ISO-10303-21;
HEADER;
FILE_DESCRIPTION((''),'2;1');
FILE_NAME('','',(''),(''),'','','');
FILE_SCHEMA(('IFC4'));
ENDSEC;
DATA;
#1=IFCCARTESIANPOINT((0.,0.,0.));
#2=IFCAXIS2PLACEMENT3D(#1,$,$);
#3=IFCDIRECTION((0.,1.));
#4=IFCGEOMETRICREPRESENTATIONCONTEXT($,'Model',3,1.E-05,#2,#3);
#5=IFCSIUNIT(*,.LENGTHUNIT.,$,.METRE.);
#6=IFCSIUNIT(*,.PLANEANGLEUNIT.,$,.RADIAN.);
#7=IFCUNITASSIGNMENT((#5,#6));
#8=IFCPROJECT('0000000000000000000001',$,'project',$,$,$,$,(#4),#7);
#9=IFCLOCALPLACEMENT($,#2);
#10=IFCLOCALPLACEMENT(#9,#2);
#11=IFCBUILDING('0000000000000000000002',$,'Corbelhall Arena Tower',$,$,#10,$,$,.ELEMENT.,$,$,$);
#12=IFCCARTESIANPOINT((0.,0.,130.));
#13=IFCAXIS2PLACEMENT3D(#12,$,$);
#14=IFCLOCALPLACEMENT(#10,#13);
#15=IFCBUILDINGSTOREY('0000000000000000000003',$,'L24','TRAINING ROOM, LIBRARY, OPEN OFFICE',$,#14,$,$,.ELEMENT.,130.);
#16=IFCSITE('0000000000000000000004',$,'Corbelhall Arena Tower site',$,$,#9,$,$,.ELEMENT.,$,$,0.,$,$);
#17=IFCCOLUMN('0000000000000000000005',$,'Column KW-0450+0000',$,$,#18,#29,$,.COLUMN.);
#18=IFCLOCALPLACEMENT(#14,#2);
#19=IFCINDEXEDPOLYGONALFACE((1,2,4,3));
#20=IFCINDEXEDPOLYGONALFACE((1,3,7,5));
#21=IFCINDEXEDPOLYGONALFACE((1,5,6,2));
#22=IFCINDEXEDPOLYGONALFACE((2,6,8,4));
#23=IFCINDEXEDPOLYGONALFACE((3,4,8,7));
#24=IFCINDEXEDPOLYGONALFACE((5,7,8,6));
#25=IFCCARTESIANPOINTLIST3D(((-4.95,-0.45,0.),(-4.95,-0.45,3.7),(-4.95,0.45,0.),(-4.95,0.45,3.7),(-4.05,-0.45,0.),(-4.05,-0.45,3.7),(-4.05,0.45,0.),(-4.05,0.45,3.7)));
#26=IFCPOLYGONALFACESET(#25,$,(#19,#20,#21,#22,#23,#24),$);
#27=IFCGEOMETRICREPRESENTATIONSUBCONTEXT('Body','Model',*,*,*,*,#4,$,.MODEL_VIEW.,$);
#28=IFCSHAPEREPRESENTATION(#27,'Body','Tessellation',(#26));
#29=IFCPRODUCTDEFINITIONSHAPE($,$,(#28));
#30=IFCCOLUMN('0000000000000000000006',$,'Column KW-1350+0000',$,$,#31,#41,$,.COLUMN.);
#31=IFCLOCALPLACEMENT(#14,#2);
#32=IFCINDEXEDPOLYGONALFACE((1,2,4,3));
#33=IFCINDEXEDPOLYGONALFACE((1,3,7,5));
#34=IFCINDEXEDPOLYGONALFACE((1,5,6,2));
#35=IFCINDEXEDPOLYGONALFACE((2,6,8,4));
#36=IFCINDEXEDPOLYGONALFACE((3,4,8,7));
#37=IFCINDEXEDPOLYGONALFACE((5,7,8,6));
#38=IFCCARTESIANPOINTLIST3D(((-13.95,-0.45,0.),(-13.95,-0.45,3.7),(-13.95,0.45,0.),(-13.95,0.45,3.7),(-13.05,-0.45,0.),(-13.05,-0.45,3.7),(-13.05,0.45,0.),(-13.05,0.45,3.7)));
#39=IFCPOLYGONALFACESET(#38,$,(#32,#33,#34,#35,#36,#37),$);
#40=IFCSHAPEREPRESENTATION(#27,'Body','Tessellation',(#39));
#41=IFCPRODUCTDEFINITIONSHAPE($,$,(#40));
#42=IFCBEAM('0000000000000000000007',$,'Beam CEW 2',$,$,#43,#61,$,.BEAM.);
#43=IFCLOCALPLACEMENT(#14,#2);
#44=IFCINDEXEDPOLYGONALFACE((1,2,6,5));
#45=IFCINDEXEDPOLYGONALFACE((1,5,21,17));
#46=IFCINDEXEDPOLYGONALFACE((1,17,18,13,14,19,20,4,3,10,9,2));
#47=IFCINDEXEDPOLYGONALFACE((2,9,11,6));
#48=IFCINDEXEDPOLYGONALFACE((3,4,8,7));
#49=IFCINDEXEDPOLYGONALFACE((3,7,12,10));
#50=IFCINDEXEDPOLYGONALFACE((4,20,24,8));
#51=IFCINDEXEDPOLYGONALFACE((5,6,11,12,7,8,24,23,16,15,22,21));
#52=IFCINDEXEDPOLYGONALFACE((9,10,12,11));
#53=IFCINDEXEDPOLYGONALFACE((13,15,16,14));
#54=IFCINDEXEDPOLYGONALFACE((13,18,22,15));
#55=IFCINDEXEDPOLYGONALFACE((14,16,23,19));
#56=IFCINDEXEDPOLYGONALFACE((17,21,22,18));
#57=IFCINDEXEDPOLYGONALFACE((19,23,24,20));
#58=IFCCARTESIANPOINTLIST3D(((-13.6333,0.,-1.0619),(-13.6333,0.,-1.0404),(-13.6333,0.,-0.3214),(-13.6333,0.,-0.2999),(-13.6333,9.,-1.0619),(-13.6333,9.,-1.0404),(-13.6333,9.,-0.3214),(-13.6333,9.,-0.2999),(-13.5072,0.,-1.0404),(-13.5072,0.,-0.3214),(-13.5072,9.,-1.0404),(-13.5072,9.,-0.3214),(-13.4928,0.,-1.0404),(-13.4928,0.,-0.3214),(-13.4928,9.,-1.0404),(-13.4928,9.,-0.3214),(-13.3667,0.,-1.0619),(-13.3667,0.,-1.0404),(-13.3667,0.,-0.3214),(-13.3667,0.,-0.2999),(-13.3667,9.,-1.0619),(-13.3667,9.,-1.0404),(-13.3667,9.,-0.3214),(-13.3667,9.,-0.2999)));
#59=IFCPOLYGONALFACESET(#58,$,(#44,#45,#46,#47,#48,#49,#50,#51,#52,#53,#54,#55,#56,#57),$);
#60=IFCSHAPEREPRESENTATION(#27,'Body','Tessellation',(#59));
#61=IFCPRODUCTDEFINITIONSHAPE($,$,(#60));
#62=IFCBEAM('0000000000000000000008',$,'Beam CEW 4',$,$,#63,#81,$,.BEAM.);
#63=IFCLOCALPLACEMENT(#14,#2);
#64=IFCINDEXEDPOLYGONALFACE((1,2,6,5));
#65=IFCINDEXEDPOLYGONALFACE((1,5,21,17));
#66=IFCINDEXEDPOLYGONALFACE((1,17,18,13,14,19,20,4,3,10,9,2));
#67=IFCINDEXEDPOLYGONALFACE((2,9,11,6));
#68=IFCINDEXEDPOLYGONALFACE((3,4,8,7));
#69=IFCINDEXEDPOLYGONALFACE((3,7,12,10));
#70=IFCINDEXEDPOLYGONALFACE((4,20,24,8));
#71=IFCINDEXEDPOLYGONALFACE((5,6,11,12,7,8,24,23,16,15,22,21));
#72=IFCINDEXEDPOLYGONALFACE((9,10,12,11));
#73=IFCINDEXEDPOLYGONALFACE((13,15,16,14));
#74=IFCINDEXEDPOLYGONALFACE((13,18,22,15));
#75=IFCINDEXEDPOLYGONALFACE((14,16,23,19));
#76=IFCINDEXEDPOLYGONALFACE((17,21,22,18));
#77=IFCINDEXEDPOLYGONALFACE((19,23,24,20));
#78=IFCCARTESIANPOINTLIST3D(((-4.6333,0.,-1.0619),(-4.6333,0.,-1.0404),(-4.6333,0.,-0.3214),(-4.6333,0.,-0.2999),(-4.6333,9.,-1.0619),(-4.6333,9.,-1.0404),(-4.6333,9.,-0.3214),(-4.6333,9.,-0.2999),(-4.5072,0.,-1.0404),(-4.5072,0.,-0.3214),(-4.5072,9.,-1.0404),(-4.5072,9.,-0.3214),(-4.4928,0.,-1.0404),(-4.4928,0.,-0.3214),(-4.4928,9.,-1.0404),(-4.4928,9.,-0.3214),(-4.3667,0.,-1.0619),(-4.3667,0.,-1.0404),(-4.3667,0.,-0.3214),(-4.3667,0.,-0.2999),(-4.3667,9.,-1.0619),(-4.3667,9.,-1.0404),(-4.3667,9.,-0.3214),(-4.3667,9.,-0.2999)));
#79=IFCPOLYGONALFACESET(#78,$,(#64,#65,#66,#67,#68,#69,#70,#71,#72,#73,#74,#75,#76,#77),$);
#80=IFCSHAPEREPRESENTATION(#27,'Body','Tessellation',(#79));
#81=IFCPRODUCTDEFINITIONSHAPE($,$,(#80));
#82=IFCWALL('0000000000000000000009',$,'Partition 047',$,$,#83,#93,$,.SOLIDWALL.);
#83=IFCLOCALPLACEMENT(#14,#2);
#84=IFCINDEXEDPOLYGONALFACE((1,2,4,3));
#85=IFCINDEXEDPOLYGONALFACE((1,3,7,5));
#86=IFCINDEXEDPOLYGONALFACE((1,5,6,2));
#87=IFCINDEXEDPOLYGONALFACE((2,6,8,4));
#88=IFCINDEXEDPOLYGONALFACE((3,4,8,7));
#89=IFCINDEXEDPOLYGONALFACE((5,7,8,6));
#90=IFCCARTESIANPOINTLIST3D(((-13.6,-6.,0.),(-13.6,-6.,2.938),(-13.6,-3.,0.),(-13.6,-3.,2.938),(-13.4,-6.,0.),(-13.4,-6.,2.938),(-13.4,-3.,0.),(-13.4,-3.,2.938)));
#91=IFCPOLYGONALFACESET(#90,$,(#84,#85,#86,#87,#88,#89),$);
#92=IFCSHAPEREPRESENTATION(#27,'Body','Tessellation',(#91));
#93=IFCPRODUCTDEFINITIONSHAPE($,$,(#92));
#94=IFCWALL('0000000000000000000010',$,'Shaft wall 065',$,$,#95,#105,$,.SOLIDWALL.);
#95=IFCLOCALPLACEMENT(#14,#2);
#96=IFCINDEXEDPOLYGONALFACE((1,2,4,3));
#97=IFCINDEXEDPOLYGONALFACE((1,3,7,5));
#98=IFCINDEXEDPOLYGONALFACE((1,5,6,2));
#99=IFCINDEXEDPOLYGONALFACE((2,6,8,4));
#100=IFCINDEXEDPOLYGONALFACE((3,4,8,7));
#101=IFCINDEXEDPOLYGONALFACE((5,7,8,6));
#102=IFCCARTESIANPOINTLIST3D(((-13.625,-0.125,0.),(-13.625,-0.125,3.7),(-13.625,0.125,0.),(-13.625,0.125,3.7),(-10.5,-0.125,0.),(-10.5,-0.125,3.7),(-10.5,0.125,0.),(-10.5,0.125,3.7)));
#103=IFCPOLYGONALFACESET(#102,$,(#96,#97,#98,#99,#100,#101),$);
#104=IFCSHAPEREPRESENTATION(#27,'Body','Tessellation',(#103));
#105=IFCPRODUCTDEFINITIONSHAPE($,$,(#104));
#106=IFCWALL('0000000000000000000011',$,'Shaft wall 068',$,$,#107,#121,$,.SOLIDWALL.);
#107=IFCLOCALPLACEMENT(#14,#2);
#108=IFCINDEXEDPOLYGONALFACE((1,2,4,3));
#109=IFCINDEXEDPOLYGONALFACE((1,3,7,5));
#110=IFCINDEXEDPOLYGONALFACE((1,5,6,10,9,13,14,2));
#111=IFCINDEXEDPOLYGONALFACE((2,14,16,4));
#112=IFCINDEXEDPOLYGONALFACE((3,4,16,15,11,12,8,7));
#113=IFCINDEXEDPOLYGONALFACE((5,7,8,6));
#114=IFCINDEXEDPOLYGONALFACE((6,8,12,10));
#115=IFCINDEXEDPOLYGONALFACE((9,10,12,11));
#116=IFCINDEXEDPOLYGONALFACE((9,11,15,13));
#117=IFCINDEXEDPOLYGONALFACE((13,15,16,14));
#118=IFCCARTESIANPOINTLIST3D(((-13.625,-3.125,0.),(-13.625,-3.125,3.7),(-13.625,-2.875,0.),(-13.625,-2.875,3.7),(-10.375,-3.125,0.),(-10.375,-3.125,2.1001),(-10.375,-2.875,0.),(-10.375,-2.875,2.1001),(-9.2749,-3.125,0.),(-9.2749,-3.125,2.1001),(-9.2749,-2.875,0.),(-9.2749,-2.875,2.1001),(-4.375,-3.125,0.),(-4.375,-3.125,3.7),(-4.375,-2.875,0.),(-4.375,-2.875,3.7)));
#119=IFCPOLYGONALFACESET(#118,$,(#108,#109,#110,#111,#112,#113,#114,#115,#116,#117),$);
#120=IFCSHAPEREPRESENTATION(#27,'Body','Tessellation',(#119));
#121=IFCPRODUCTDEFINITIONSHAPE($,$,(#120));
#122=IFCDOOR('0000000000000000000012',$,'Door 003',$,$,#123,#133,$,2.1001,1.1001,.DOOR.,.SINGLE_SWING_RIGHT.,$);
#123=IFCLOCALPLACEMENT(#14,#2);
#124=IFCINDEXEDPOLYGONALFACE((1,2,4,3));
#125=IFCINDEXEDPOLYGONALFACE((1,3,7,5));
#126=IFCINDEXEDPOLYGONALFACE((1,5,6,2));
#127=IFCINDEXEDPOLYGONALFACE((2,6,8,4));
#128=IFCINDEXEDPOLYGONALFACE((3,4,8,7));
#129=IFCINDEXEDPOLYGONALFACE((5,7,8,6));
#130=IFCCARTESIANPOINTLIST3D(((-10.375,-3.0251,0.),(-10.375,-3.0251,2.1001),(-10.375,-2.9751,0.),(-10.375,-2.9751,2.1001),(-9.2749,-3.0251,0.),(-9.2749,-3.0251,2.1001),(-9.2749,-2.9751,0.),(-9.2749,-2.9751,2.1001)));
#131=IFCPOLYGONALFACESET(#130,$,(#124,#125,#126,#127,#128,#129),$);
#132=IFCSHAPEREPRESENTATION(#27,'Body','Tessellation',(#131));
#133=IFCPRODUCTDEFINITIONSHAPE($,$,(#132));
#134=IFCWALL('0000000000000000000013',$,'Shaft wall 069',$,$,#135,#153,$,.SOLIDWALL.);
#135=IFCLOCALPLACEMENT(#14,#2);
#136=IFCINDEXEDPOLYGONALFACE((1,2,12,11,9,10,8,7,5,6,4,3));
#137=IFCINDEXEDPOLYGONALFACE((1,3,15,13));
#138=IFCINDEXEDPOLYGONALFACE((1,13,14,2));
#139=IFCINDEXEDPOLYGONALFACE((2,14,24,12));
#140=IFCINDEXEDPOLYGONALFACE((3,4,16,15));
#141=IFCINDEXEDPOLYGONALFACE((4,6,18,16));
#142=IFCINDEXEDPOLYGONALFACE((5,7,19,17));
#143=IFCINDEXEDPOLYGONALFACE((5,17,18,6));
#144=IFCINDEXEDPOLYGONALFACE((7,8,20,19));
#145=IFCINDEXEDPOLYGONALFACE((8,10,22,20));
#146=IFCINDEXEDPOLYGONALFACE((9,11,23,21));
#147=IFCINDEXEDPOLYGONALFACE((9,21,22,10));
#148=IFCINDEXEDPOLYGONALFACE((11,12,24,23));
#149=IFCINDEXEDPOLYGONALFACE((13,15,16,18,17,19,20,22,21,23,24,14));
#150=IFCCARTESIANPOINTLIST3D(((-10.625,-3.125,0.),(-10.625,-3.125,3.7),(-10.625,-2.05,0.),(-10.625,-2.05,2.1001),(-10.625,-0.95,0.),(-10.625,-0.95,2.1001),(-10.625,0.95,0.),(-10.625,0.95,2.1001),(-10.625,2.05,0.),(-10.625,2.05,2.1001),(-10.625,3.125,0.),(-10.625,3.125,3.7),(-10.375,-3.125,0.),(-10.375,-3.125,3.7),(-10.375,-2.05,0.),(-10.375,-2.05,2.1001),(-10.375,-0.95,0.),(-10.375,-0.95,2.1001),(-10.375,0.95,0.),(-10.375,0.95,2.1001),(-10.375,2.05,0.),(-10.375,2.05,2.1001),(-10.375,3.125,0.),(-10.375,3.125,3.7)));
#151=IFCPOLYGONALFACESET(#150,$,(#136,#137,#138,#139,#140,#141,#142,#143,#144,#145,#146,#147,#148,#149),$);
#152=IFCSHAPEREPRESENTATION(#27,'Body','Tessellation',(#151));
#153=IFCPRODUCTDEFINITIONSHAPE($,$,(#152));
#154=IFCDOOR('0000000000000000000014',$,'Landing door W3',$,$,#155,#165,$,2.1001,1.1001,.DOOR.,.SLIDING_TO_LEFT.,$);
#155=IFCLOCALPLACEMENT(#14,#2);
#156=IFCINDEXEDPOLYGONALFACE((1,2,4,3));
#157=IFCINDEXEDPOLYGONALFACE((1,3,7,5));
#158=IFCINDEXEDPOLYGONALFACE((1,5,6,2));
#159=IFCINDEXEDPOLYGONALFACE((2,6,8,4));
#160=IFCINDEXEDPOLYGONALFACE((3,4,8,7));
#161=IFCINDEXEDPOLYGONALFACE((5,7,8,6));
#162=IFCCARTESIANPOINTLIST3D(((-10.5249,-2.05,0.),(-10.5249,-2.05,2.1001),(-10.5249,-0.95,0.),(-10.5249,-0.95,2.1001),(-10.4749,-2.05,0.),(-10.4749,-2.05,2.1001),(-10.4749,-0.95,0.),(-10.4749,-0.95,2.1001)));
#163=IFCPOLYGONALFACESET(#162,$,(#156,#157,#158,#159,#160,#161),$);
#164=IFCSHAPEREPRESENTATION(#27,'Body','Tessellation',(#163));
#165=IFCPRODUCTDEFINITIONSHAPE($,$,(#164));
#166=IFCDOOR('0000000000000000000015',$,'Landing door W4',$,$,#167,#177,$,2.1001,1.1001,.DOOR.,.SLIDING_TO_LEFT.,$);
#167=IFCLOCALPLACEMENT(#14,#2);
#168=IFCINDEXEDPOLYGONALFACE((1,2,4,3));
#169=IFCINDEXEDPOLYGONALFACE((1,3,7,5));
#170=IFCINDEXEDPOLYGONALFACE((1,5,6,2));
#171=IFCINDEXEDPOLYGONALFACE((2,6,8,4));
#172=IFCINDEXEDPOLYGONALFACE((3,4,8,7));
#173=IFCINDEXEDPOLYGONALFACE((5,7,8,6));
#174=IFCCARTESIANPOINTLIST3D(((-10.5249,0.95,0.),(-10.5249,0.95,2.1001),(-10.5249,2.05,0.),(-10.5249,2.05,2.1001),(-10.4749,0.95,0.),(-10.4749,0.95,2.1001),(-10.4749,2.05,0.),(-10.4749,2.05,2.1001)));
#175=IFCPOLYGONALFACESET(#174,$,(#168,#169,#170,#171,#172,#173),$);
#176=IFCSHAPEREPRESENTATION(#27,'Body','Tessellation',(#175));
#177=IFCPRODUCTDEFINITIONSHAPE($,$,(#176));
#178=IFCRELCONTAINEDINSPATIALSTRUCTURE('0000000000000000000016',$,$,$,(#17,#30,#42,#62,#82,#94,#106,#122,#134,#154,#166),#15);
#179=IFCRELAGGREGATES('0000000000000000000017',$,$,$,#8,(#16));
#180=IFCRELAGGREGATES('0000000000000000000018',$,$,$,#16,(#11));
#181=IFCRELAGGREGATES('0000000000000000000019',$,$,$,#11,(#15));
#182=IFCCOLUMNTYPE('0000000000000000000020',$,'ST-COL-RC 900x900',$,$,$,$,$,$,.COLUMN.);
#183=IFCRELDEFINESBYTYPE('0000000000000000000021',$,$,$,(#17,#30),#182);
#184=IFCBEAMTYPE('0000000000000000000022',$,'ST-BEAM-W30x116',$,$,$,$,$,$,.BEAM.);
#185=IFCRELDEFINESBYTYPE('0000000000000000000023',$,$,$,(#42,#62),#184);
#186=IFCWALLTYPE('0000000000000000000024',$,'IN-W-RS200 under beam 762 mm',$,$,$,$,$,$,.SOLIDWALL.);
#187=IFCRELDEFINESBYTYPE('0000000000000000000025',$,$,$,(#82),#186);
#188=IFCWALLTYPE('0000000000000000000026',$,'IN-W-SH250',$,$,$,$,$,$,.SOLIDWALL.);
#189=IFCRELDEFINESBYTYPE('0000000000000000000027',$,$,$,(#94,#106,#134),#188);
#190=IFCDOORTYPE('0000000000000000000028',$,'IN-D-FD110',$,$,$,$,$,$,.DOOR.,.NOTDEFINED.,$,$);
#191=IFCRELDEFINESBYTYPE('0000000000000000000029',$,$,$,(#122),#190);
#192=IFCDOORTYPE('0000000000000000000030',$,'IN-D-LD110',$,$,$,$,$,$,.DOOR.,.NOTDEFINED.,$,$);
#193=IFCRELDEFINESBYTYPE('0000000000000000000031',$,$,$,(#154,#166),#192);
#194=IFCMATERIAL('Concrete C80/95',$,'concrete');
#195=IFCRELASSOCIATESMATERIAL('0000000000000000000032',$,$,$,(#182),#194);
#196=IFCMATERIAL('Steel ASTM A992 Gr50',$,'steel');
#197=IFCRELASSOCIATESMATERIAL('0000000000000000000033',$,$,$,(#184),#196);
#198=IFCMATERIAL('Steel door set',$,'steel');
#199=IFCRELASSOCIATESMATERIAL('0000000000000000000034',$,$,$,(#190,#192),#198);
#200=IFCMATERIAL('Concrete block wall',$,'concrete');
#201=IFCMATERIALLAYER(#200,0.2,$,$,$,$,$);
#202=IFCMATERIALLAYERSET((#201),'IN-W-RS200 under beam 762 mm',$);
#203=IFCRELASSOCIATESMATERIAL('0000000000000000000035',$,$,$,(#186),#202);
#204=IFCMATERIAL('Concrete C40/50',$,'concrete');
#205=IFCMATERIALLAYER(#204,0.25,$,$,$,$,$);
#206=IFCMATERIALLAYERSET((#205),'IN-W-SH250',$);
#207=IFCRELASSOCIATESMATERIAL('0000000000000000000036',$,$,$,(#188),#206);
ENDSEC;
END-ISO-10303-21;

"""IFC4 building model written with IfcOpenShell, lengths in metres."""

from ifc_helpers import new_model, si_unit, direction, frame, frame_2d, origin, origin_2d, place, context, subcontext, project, spatial, rectangle, i_section, extrude, material, layer, layer_set, material_profile, profile_set, type_object, element, fill, save


model = new_model("IFC4")

# Units and contexts
model_context = context("Model", 3, precision=1e-05, world=origin(), true_north=direction((0.0, 1.0)))
body_context = subcontext(model_context, "Body", "Model", "MODEL_VIEW")
ifc_project = project(units=[si_unit("LENGTHUNIT", "METRE"), si_unit("PLANEANGLEUNIT", "RADIAN")], contexts=[model_context])

# Site, building, storey
site_placement = place(None, origin())
site = spatial("IfcSite", under=ifc_project, at=site_placement, Name="Corbelhall Arena Tower site", CompositionType="ELEMENT", RefElevation=0.0)
building_placement = place(site_placement, origin())
building = spatial("IfcBuilding", under=site, at=building_placement, Name="Corbelhall Arena Tower", CompositionType="ELEMENT")
storey_placement = place(building_placement, frame((0.0, 0.0, 130.0)))
storey = spatial("IfcBuildingStorey", under=building, at=storey_placement, Name="L24", Description="TRAINING ROOM, LIBRARY, OPEN OFFICE", CompositionType="ELEMENT", Elevation=130.0)

# Columns
ifc_material_1 = material(Name="Concrete C80/95", Category="concrete")
ifc_material_profile_1 = material_profile(ifc_material_1, rectangle(XDim=0.8999, YDim=0.8999, at=origin_2d()))
ifc_profile_set_1 = profile_set([ifc_material_profile_1], Name="Concrete C80/95")
column_type = type_object("IfcColumnType", Name="ST-COL-RC 900x900", PredefinedType="COLUMN", material=ifc_profile_set_1)
for number, where, z_axis, x_axis, name in (
    (1, (-4.5, 0.0, 0.0), (0.0, 0.0, 1.0), (1.0, 0.0, 0.0), "Column KW-0450+0000"),
    (2, (-13.5, 0.0, 0.0), (0.0, 0.0, 1.0), (1.0, 0.0, 0.0), "Column KW-1350+0000"),
):
    element("IfcColumn", number, at=place(storey_placement, frame(where, z_axis=z_axis, x_axis=x_axis)), inside=storey, type_object=column_type, Name=name, PredefinedType="COLUMN", context=body_context, shape_type="SweptSolid", body=[
        extrude(rectangle(XDim=0.8999, YDim=0.8999, at=origin_2d()), origin(), (0.0, 0.0, 1.0), 3.7),
    ])

# Beams
ifc_material_2 = material(Name="Steel ASTM A992 Gr50", Category="steel")
ifc_material_profile_2 = material_profile(ifc_material_2, i_section(OverallWidth=0.2666, OverallDepth=0.762, WebThickness=0.0144, FlangeThickness=0.0215, at=origin_2d()))
ifc_profile_set_2 = profile_set([ifc_material_profile_2], Name="Steel ASTM A992 Gr50")
beam_type = type_object("IfcBeamType", Name="ST-BEAM-W30x116", PredefinedType="BEAM", material=ifc_profile_set_2)
for number, where, z_axis, x_axis, name in (
    (3, (-13.5, 0.0, -0.6809), (0.0, 1.0, 0.0), (-1.0, 0.0, 0.0), "Beam CEW 2"),
    (4, (-4.5, 0.0, -0.6809), (0.0, 1.0, 0.0), (-1.0, 0.0, 0.0), "Beam CEW 4"),
):
    element("IfcBeam", number, at=place(storey_placement, frame(where, z_axis=z_axis, x_axis=x_axis)), inside=storey, type_object=beam_type, Name=name, PredefinedType="BEAM", context=body_context, shape_type="SweptSolid", body=[
        extrude(i_section(OverallWidth=0.2666, OverallDepth=0.762, WebThickness=0.0144, FlangeThickness=0.0215, at=origin_2d()), origin(), (0.0, 0.0, 1.0), 9.0),
    ])

# Shared definitions
ifc_material_3 = material(Name="Concrete block wall", Category="concrete")
ifc_material_4 = material(Name="Steel door set", Category="steel")
door_type_1 = type_object("IfcDoorType", Name="IN-D-FD110", OperationType="NOTDEFINED", PredefinedType="DOOR", material=ifc_material_4)

# Walls
ifc_layer_1 = layer(ifc_material_3, 0.2)
ifc_layer_set_1 = layer_set([ifc_layer_1], Name="IN-W-RS200 under beam 762 mm")
wall_type_1 = type_object("IfcWallType", Name="IN-W-RS200 under beam 762 mm", PredefinedType="SOLIDWALL", material=ifc_layer_set_1)
wall_1_placement = place(storey_placement, frame((-13.5, -6.0, 0.0), z_axis=(0.0, 0.0, 1.0), x_axis=(0.0, 1.0, 0.0)))
element("IfcWall", 5, at=wall_1_placement, inside=storey, type_object=wall_type_1, Name="Partition 047", PredefinedType="SOLIDWALL", context=body_context, shape_type="SweptSolid", body=[
    extrude(rectangle(XDim=3.0, YDim=0.2, at=frame_2d((1.5, 0.0))), origin(), (0.0, 0.0, 1.0), 2.938),
])
ifc_material_5 = material(Name="Concrete C40/50", Category="concrete")
ifc_layer_2 = layer(ifc_material_5, 0.25)
ifc_layer_set_2 = layer_set([ifc_layer_2], Name="IN-W-SH250")
wall_type_2 = type_object("IfcWallType", Name="IN-W-SH250", PredefinedType="SOLIDWALL", material=ifc_layer_set_2)
wall_2_placement = place(storey_placement, frame((-13.625, 0.0, 0.0), z_axis=(0.0, 0.0, 1.0), x_axis=(1.0, 0.0, 0.0)))
element("IfcWall", 6, at=wall_2_placement, inside=storey, type_object=wall_type_2, Name="Shaft wall 065", PredefinedType="SOLIDWALL", context=body_context, shape_type="SweptSolid", body=[
    extrude(rectangle(XDim=3.125, YDim=0.25, at=frame_2d((1.5625, 0.0))), origin(), (0.0, 0.0, 1.0), 3.7),
])

# Wall, opening, door
wall_3_placement = place(storey_placement, frame((-13.625, -3.0, 0.0), z_axis=(0.0, 0.0, 1.0), x_axis=(1.0, 0.0, 0.0)))
wall_3 = element("IfcWall", 7, at=wall_3_placement, inside=storey, type_object=wall_type_2, Name="Shaft wall 068", PredefinedType="SOLIDWALL", context=body_context, shape_type="SweptSolid", body=[
    extrude(rectangle(XDim=9.25, YDim=0.25, at=frame_2d((4.625, 0.0))), origin(), (0.0, 0.0, 1.0), 3.7),
])
opening_1_placement = place(wall_3_placement, frame((3.25, 0.0, 0.0)))
opening_1 = element("IfcOpeningElement", 8, at=opening_1_placement, cuts=wall_3, PredefinedType="OPENING", context=body_context, shape_type="SweptSolid", body=[
    extrude(rectangle(XDim=1.1001, YDim=2.1001, at=frame_2d((0.55, 1.05))), frame((0.0, 0.125, 0.0), z_axis=(0.0, -1.0, 0.0), x_axis=(1.0, 0.0, 0.0)), (0.0, 0.0, 1.0), 0.25),
])
door_1_placement = place(opening_1_placement, origin())
door_1 = element("IfcDoor", 9, at=door_1_placement, inside=storey, type_object=door_type_1, Name="Door 003", OperationType="SINGLE_SWING_RIGHT", OverallHeight=2.1001, OverallWidth=1.1001, PredefinedType="DOOR", context=body_context, shape_type="SweptSolid", body=[
    extrude(rectangle(XDim=1.1001, YDim=2.1001, at=frame_2d((0.55, 1.05))), frame((0.0, 0.0249, 0.0), z_axis=(0.0, -1.0, 0.0), x_axis=(1.0, 0.0, 0.0)), (0.0, 0.0, 1.0), 0.05),
])
fill(opening_1, door_1)

# Wall, openings, doors
wall_4_placement = place(storey_placement, frame((-10.5, -3.125, 0.0), z_axis=(0.0, 0.0, 1.0), x_axis=(0.0, 1.0, 0.0)))
wall_4 = element("IfcWall", 10, at=wall_4_placement, inside=storey, type_object=wall_type_2, Name="Shaft wall 069", PredefinedType="SOLIDWALL", context=body_context, shape_type="SweptSolid", body=[
    extrude(rectangle(XDim=6.25, YDim=0.25, at=frame_2d((3.125, 0.0))), origin(), (0.0, 0.0, 1.0), 3.7),
])
opening_2_placement = place(wall_4_placement, frame((1.075, 0.0, 0.0)))
opening_2 = element("IfcOpeningElement", 11, at=opening_2_placement, cuts=wall_4, PredefinedType="OPENING", context=body_context, shape_type="SweptSolid", body=[
    extrude(rectangle(XDim=1.1001, YDim=2.1001, at=frame_2d((0.55, 1.05))), frame((0.0, 0.125, 0.0), z_axis=(0.0, -1.0, 0.0), x_axis=(1.0, 0.0, 0.0)), (0.0, 0.0, 1.0), 0.25),
])
opening_3_placement = place(wall_4_placement, frame((4.075, 0.0, 0.0)))
opening_3 = element("IfcOpeningElement", 12, at=opening_3_placement, cuts=wall_4, PredefinedType="OPENING", context=body_context, shape_type="SweptSolid", body=[
    extrude(rectangle(XDim=1.1001, YDim=2.1001, at=frame_2d((0.55, 1.05))), frame((0.0, 0.125, 0.0), z_axis=(0.0, -1.0, 0.0), x_axis=(1.0, 0.0, 0.0)), (0.0, 0.0, 1.0), 0.25),
])
door_type_2 = type_object("IfcDoorType", Name="IN-D-LD110", OperationType="NOTDEFINED", PredefinedType="DOOR", material=ifc_material_4)
door_2_placement = place(opening_2_placement, origin())
door_2 = element("IfcDoor", 13, at=door_2_placement, inside=storey, type_object=door_type_2, Name="Landing door W3", OperationType="SLIDING_TO_LEFT", OverallHeight=2.1001, OverallWidth=1.1001, PredefinedType="DOOR", context=body_context, shape_type="SweptSolid", body=[
    extrude(rectangle(XDim=1.1001, YDim=2.1001, at=frame_2d((0.55, 1.05))), frame((0.0, 0.0249, 0.0), z_axis=(0.0, -1.0, 0.0), x_axis=(1.0, 0.0, 0.0)), (0.0, 0.0, 1.0), 0.05),
])
fill(opening_2, door_2)
door_3_placement = place(opening_3_placement, origin())
door_3 = element("IfcDoor", 14, at=door_3_placement, inside=storey, type_object=door_type_2, Name="Landing door W4", OperationType="SLIDING_TO_LEFT", OverallHeight=2.1001, OverallWidth=1.1001, PredefinedType="DOOR", context=body_context, shape_type="SweptSolid", body=[
    extrude(rectangle(XDim=1.1001, YDim=2.1001, at=frame_2d((0.55, 1.05))), frame((0.0, 0.0249, 0.0), z_axis=(0.0, -1.0, 0.0), x_axis=(1.0, 0.0, 0.0)), (0.0, 0.0, 1.0), 0.05),
])
fill(opening_3, door_3)

save(model, "model.ifc")
